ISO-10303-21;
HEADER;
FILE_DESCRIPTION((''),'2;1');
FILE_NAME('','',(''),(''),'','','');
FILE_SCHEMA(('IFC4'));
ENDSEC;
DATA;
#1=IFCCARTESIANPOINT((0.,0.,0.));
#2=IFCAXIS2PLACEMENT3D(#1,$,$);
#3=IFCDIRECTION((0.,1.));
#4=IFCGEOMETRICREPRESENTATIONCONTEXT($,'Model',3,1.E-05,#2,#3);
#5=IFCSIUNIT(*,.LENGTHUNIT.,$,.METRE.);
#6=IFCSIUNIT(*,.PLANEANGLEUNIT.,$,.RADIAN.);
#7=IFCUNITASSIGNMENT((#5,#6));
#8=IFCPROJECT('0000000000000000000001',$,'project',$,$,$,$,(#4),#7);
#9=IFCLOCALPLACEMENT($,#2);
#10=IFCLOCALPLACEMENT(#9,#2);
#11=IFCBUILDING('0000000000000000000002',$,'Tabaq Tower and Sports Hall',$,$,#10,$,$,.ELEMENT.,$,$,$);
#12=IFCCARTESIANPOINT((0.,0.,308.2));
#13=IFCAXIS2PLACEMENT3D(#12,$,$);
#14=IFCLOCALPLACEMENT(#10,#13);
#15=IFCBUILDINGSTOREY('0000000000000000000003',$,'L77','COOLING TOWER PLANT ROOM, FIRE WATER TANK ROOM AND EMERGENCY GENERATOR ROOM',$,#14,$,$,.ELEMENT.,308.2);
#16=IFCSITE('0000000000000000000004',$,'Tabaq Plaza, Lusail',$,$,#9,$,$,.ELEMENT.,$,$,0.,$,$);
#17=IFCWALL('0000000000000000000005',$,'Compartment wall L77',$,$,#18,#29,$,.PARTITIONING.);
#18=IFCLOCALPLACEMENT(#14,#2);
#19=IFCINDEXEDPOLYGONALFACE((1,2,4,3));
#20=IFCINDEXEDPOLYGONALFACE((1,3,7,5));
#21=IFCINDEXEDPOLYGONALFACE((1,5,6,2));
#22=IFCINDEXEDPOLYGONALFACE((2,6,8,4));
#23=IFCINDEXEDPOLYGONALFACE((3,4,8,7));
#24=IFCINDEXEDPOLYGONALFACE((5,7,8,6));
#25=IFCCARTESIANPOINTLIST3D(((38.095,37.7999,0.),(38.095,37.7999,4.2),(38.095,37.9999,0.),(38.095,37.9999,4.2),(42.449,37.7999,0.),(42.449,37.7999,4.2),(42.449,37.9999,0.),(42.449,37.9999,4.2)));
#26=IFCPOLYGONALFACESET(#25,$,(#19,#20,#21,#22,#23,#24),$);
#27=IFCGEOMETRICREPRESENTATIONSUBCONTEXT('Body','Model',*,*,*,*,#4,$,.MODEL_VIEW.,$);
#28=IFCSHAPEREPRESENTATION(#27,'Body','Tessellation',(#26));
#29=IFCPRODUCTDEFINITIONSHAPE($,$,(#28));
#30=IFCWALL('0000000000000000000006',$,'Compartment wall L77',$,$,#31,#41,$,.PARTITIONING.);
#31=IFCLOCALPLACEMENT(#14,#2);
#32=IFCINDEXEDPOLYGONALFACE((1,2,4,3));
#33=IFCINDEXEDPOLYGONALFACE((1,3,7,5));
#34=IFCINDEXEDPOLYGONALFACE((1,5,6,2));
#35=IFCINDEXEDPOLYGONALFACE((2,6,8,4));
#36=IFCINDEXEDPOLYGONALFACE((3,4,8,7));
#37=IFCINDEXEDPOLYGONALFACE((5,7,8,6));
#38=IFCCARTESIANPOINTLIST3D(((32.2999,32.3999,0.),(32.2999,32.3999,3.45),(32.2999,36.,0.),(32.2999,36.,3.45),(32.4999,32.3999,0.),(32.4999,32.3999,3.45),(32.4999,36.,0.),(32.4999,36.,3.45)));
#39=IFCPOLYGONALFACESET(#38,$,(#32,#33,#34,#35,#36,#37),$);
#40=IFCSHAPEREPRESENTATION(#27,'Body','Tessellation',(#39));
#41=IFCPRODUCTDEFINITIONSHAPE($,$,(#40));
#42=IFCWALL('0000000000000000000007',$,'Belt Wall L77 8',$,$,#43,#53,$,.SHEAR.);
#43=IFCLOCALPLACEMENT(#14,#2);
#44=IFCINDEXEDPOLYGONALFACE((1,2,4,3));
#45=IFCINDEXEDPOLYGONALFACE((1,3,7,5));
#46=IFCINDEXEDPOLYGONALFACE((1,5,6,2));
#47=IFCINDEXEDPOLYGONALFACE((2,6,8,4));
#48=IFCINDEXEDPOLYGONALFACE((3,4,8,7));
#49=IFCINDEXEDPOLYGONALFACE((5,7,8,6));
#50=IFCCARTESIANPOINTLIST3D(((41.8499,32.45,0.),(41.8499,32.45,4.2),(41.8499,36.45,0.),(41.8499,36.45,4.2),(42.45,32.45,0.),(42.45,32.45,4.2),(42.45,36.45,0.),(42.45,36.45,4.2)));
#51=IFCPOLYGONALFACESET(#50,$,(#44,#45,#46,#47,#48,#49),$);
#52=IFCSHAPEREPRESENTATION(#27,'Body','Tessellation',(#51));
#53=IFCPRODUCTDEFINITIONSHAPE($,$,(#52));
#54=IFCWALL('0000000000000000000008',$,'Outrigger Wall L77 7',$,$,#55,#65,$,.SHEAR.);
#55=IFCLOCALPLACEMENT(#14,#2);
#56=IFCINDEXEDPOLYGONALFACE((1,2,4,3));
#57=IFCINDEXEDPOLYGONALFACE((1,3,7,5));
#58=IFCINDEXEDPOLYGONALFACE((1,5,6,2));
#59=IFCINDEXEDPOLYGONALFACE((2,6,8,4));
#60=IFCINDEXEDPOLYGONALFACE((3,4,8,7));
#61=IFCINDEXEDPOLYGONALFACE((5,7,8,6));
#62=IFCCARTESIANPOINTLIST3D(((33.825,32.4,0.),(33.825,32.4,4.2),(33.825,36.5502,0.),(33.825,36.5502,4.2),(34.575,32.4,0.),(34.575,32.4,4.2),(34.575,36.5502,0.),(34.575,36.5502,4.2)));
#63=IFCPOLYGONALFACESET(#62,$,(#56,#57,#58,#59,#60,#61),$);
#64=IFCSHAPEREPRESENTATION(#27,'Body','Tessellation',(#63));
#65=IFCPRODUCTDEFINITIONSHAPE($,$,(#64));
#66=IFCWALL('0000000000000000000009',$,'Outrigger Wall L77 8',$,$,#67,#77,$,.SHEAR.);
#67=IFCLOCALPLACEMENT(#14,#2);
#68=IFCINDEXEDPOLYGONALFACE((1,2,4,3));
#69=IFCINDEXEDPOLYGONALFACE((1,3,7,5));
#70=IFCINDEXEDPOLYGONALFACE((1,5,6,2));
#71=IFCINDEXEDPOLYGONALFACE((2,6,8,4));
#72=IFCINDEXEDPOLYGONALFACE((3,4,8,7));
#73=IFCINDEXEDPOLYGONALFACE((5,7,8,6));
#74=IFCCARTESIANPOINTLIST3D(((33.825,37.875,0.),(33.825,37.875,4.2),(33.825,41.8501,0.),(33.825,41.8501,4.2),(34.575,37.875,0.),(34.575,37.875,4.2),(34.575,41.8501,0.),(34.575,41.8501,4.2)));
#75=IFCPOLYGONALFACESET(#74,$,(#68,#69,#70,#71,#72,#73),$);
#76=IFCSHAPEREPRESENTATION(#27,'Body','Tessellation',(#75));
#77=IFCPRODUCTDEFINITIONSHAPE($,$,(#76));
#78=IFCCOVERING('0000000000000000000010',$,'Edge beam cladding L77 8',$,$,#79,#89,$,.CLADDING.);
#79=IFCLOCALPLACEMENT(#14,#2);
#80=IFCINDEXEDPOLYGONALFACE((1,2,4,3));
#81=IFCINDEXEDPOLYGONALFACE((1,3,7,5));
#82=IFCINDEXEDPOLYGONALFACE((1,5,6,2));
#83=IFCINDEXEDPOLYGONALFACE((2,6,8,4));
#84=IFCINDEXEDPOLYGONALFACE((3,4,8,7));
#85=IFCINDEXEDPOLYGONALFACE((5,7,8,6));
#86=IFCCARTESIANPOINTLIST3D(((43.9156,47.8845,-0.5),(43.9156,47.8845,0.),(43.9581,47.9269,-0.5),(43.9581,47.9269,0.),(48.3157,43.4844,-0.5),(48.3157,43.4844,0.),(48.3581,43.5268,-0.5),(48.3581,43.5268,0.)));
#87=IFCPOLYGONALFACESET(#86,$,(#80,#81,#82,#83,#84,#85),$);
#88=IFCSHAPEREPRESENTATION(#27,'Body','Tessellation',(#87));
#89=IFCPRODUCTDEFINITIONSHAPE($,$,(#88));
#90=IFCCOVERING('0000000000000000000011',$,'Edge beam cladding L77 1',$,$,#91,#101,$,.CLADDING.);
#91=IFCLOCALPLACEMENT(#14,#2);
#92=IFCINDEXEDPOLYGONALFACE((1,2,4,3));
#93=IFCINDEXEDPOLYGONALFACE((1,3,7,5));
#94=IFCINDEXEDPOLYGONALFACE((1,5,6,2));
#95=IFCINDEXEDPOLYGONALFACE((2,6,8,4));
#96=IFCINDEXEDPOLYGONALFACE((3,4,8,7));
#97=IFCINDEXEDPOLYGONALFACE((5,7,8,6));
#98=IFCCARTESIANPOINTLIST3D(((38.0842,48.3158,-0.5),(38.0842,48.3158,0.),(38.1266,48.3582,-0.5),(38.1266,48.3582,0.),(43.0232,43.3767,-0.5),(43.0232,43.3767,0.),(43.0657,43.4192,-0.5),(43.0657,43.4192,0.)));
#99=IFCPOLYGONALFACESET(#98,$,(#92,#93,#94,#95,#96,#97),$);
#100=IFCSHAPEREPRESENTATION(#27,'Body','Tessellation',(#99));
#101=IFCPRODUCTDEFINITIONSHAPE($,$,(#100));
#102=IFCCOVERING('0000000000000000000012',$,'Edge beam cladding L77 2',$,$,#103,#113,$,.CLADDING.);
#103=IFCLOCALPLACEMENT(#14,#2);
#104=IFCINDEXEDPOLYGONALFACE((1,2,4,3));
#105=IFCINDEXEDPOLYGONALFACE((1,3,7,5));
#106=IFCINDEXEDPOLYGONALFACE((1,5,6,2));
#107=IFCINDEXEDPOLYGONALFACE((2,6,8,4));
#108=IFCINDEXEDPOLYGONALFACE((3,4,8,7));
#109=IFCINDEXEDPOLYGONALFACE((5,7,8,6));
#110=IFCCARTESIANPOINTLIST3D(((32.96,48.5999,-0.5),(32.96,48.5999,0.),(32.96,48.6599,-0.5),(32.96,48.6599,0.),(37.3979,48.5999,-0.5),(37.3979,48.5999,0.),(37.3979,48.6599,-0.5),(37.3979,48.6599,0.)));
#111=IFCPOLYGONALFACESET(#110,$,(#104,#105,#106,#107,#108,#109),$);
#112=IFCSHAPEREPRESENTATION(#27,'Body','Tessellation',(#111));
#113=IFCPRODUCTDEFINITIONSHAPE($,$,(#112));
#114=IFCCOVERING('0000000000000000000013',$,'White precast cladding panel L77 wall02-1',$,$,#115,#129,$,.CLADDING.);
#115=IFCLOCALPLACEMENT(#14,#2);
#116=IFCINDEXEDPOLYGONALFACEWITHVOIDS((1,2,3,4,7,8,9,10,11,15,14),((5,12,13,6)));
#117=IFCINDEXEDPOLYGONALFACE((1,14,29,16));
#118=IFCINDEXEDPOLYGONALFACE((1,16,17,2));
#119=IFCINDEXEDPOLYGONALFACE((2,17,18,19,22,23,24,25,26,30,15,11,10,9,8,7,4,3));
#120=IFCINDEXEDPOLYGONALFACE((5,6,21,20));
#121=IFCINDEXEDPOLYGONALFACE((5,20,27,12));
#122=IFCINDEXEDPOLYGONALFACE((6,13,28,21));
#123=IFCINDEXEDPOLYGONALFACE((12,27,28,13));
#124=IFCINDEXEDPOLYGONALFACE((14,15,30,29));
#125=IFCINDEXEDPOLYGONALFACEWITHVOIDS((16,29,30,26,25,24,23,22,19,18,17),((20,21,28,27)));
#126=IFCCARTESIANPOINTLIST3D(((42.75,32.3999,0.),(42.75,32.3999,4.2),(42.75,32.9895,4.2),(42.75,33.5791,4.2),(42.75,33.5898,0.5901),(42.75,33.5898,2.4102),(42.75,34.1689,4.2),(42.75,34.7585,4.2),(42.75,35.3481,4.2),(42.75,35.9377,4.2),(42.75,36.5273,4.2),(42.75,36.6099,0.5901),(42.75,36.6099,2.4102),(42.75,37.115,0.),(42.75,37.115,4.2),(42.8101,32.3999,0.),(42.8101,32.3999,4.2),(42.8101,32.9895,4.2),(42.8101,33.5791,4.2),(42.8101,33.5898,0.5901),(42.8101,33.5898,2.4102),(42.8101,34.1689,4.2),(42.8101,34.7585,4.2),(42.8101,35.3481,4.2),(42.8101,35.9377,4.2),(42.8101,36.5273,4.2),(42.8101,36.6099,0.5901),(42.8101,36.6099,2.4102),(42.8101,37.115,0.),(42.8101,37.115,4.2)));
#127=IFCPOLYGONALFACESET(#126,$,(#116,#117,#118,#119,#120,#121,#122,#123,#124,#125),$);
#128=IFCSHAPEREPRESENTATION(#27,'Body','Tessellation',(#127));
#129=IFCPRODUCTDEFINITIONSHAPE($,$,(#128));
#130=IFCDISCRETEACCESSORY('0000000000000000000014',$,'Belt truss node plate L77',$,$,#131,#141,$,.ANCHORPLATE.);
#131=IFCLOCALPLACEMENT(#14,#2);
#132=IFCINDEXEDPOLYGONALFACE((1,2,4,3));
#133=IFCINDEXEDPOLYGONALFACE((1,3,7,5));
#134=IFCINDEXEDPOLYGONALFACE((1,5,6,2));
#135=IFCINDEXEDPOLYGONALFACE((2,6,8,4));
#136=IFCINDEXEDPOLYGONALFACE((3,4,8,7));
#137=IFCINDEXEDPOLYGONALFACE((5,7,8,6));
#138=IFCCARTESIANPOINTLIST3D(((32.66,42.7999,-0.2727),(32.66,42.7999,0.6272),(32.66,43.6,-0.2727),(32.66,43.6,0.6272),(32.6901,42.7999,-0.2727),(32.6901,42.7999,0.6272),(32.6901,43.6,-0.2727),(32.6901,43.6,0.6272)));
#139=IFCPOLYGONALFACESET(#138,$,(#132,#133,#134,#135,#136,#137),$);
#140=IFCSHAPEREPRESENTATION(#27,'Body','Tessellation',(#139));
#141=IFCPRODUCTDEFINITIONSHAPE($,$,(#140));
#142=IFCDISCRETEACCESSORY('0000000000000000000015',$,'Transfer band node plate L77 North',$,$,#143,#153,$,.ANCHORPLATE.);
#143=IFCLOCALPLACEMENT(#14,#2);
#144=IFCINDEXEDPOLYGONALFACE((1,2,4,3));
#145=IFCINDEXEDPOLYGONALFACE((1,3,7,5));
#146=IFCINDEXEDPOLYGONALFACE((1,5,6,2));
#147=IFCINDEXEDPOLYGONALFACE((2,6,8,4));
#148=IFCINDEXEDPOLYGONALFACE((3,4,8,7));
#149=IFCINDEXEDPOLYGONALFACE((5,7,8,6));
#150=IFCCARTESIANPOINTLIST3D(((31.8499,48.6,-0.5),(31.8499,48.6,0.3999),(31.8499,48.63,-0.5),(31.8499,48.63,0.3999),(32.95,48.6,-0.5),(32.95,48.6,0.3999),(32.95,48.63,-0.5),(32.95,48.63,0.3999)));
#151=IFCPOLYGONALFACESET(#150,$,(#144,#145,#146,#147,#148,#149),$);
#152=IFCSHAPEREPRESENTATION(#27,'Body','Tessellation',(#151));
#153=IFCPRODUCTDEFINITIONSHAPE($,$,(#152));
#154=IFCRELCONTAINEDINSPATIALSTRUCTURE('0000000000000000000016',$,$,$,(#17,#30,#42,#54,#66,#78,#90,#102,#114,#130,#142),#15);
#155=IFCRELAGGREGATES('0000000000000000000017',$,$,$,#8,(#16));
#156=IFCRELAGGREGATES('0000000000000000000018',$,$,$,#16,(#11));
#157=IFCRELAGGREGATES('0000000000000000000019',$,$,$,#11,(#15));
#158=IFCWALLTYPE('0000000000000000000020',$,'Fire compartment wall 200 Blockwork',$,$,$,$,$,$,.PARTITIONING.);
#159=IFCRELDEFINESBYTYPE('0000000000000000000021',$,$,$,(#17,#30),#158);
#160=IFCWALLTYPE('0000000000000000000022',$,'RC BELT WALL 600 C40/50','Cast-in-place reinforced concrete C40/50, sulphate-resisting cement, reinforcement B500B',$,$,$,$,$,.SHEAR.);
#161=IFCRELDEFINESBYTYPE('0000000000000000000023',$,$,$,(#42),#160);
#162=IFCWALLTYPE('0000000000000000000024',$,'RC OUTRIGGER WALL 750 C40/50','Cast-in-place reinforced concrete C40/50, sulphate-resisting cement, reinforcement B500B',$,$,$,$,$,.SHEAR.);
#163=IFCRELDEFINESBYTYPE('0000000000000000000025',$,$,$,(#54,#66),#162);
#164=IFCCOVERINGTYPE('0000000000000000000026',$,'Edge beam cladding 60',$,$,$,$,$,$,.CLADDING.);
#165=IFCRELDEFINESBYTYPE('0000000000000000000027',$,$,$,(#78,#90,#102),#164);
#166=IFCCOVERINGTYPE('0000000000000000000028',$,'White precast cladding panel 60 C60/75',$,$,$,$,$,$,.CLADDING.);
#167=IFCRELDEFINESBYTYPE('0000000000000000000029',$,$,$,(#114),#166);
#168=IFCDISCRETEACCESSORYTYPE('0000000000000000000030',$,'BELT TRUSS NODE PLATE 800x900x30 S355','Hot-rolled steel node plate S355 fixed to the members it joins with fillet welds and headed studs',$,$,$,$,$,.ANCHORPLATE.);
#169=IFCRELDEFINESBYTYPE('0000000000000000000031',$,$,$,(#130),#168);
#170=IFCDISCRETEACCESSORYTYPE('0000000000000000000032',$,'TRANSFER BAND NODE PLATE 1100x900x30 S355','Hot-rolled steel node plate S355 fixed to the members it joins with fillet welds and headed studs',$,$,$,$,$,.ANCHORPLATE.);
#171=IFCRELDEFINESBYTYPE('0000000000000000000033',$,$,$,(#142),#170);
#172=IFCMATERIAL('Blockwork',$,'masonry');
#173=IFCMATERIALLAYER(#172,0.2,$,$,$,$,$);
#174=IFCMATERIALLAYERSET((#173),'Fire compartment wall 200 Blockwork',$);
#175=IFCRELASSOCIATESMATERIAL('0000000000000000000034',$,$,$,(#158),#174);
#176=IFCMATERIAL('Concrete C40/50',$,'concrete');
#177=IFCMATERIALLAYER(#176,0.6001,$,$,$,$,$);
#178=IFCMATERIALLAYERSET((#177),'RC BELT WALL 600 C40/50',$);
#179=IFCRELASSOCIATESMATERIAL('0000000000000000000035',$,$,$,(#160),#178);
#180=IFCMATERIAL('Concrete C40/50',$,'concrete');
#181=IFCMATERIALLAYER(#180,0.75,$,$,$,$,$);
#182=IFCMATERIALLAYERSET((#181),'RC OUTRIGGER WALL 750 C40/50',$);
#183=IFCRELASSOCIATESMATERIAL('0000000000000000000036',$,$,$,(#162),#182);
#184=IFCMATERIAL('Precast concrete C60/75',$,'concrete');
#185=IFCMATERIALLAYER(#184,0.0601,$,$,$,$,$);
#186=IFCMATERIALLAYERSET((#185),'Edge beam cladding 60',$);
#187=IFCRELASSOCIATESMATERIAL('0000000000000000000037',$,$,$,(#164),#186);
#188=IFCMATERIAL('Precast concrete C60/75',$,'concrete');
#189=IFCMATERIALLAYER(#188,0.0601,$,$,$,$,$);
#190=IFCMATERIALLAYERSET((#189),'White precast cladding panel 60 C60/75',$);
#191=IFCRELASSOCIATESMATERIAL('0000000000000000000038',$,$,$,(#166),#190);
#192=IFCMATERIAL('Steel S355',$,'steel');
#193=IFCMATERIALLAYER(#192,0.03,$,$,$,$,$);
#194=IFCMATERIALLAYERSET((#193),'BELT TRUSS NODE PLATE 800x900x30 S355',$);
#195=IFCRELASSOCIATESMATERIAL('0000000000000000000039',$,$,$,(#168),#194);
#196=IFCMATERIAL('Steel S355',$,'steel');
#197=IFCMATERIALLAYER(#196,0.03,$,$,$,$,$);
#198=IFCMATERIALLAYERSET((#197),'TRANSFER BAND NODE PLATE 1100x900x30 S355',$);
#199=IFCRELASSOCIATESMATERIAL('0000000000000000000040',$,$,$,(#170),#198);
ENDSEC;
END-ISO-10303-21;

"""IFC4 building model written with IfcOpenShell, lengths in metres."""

from ifc_helpers import new_model, si_unit, direction, frame, frame_2d, origin, origin_2d, place, context, subcontext, project, spatial, polyline, rectangle, outline, extrude, material, layer, layer_set, type_object, element, save


model = new_model("IFC4")

# Units and contexts
model_context = context("Model", 3, precision=1e-05, world=origin(), true_north=direction((0.0, 1.0)))
body_context = subcontext(model_context, "Body", "Model", "MODEL_VIEW")
ifc_project = project(units=[si_unit("LENGTHUNIT", "METRE"), si_unit("PLANEANGLEUNIT", "RADIAN")], contexts=[model_context])

# Site, building, storey
site_placement = place(None, origin())
site = spatial("IfcSite", under=ifc_project, at=site_placement, Name="Tabaq Plaza, Lusail", CompositionType="ELEMENT", RefElevation=0.0)
building_placement = place(site_placement, origin())
building = spatial("IfcBuilding", under=site, at=building_placement, Name="Tabaq Tower and Sports Hall", CompositionType="ELEMENT")
storey_placement = place(building_placement, frame((0.0, 0.0, 308.2)))
storey = spatial("IfcBuildingStorey", under=building, at=storey_placement, Name="L77", Description="COOLING TOWER PLANT ROOM, FIRE WATER TANK ROOM AND EMERGENCY GENERATOR ROOM", CompositionType="ELEMENT", Elevation=308.2)

# Walls
ifc_material_1 = material(Name="Blockwork", Category="masonry")
ifc_layer_1 = layer(ifc_material_1, 0.2)
ifc_layer_set_1 = layer_set([ifc_layer_1], Name="Fire compartment wall 200 Blockwork")
wall_type_1 = type_object("IfcWallType", Name="Fire compartment wall 200 Blockwork", PredefinedType="PARTITIONING", material=ifc_layer_set_1)
wall_1_placement = place(storey_placement, frame((38.095, 37.8999, 0.0), z_axis=(0.0, 0.0, 1.0), x_axis=(1.0, 0.0, 0.0)))
element("IfcWall", 1, at=wall_1_placement, inside=storey, type_object=wall_type_1, Name="Compartment wall L77", PredefinedType="PARTITIONING", context=body_context, shape_type="SweptSolid", body=[
    extrude(rectangle(XDim=4.354, YDim=0.2, at=frame_2d((2.177, 0.0))), origin(), (0.0, 0.0, 1.0), 4.2),
])
wall_2_placement = place(storey_placement, frame((32.3999, 32.3999, 0.0), z_axis=(0.0, 0.0, 1.0), x_axis=(0.0, 1.0, 0.0)))
element("IfcWall", 2, at=wall_2_placement, inside=storey, type_object=wall_type_1, Name="Compartment wall L77", PredefinedType="PARTITIONING", context=body_context, shape_type="SweptSolid", body=[
    extrude(rectangle(XDim=3.6001, YDim=0.2, at=frame_2d((1.8, 0.0))), origin(), (0.0, 0.0, 1.0), 3.45),
])

# Walls
ifc_material_2 = material(Name="Concrete C40/50", Category="concrete")
ifc_layer_2 = layer(ifc_material_2, 0.6001)
ifc_layer_set_2 = layer_set([ifc_layer_2], Name="RC BELT WALL 600 C40/50")
wall_type_2 = type_object("IfcWallType", Name="RC BELT WALL 600 C40/50", Description="Cast-in-place reinforced concrete C40/50, sulphate-resisting cement, reinforcement B500B", PredefinedType="SHEAR", material=ifc_layer_set_2)
wall_3_placement = place(storey_placement, frame((42.1499, 36.45, 0.0), z_axis=(0.0, 0.0, 1.0), x_axis=(0.0, -1.0, 0.0)))
element("IfcWall", 3, at=wall_3_placement, inside=storey, type_object=wall_type_2, Name="Belt Wall L77 8", PredefinedType="SHEAR", context=body_context, shape_type="SweptSolid", body=[
    extrude(rectangle(XDim=4.0, YDim=0.6001, at=frame_2d((2.0, 0.0))), origin(), (0.0, 0.0, 1.0), 4.2),
])
ifc_material_3 = material(Name="Concrete C40/50", Category="concrete")
ifc_layer_3 = layer(ifc_material_3, 0.75)
ifc_layer_set_3 = layer_set([ifc_layer_3], Name="RC OUTRIGGER WALL 750 C40/50")
wall_type_3 = type_object("IfcWallType", Name="RC OUTRIGGER WALL 750 C40/50", Description="Cast-in-place reinforced concrete C40/50, sulphate-resisting cement, reinforcement B500B", PredefinedType="SHEAR", material=ifc_layer_set_3)
wall_4_placement = place(storey_placement, frame((34.2, 32.3999, 0.0), z_axis=(0.0, 0.0, 1.0), x_axis=(0.0, 1.0, 0.0)))
element("IfcWall", 4, at=wall_4_placement, inside=storey, type_object=wall_type_3, Name="Outrigger Wall L77 7", PredefinedType="SHEAR", context=body_context, shape_type="SweptSolid", body=[
    extrude(rectangle(XDim=4.1501, YDim=0.75, at=frame_2d((2.0752, 0.0))), origin(), (0.0, 0.0, 1.0), 4.2),
])
wall_5_placement = place(storey_placement, frame((34.2, 37.875, 0.0), z_axis=(0.0, 0.0, 1.0), x_axis=(0.0, 1.0, 0.0)))
element("IfcWall", 5, at=wall_5_placement, inside=storey, type_object=wall_type_3, Name="Outrigger Wall L77 8", PredefinedType="SHEAR", context=body_context, shape_type="SweptSolid", body=[
    extrude(rectangle(XDim=3.9751, YDim=0.75, at=frame_2d((1.9875, 0.0))), origin(), (0.0, 0.0, 1.0), 4.2),
])

# Coverings
ifc_material_4 = material(Name="Precast concrete C60/75", Category="concrete")
ifc_layer_4 = layer(ifc_material_4, 0.0601)
ifc_layer_set_4 = layer_set([ifc_layer_4], Name="Edge beam cladding 60")
covering_type_1 = type_object("IfcCoveringType", Name="Edge beam cladding 60", PredefinedType="CLADDING", material=ifc_layer_set_4)
covering_1_placement = place(storey_placement, frame((48.3369, 43.5056, -0.5), z_axis=(0.0, 0.0, 1.0), x_axis=(-0.707107, 0.707107, 0.0)))
element("IfcCovering", 6, at=covering_1_placement, inside=storey, type_object=covering_type_1, Name="Edge beam cladding L77 8", PredefinedType="CLADDING", context=body_context, shape_type="SweptSolid", body=[
    extrude(rectangle(XDim=6.2227, YDim=0.0601, at=frame_2d((3.1113, 0.0))), origin(), (0.0, 0.0, 1.0), 0.5),
])
covering_2_placement = place(storey_placement, frame((43.0444, 43.3979, -0.5), z_axis=(0.0, 0.0, 1.0), x_axis=(-0.707107, 0.707107, 0.0)))
element("IfcCovering", 7, at=covering_2_placement, inside=storey, type_object=covering_type_1, Name="Edge beam cladding L77 1", PredefinedType="CLADDING", context=body_context, shape_type="SweptSolid", body=[
    extrude(rectangle(XDim=6.9849, YDim=0.0601, at=frame_2d((3.4924, 0.0))), origin(), (0.0, 0.0, 1.0), 0.5),
])
covering_3_placement = place(storey_placement, frame((37.3979, 48.6299, -0.5), z_axis=(0.0, 0.0, 1.0), x_axis=(-1.0, 0.0, 0.0)))
element("IfcCovering", 8, at=covering_3_placement, inside=storey, type_object=covering_type_1, Name="Edge beam cladding L77 2", PredefinedType="CLADDING", context=body_context, shape_type="SweptSolid", body=[
    extrude(rectangle(XDim=4.438, YDim=0.0601, at=frame_2d((2.219, 0.0))), origin(), (0.0, 0.0, 1.0), 0.5),
])
ifc_material_5 = material(Name="Precast concrete C60/75", Category="concrete")
ifc_layer_5 = layer(ifc_material_5, 0.0601)
ifc_layer_set_5 = layer_set([ifc_layer_5], Name="White precast cladding panel 60 C60/75")
covering_type_2 = type_object("IfcCoveringType", Name="White precast cladding panel 60 C60/75", PredefinedType="CLADDING", material=ifc_layer_set_5)
covering_4_placement = place(storey_placement, frame((42.78, 32.3999, 0.0), z_axis=(0.0, 0.0, 1.0), x_axis=(0.0, 1.0, 0.0)))
element("IfcCovering", 9, at=covering_4_placement, inside=storey, type_object=covering_type_2, Name="White precast cladding panel L77 wall02-1", PredefinedType="CLADDING", context=body_context, shape_type="SweptSolid", body=[
    extrude(outline(polyline([(0.0, 0.0), (4.7151, 0.0), (4.7151, 4.2), (4.1274, 4.2), (3.5378, 4.2), (2.9482, 4.2), (2.3586, 4.2), (1.769, 4.2), (1.1792, 4.2), (0.5896, 4.2), (0.0, 4.2), (0.0, 0.0)]), holes=[polyline([(1.1899, 0.5901), (1.1899, 2.4102), (4.21, 2.4102), (4.21, 0.5901), (1.1899, 0.5901)])]), frame((0.0, 0.03, 0.0), z_axis=(0.0, -1.0, 0.0), x_axis=(1.0, 0.0, 0.0)), (0.0, 0.0, 1.0), 0.0601),
])

# Discrete accessories
ifc_material_6 = material(Name="Steel S355", Category="steel")
ifc_layer_6 = layer(ifc_material_6, 0.03)
ifc_layer_set_6 = layer_set([ifc_layer_6], Name="BELT TRUSS NODE PLATE 800x900x30 S355")
discrete_accessory_type_1 = type_object("IfcDiscreteAccessoryType", Name="BELT TRUSS NODE PLATE 800x900x30 S355", Description="Hot-rolled steel node plate S355 fixed to the members it joins with fillet welds and headed studs", PredefinedType="ANCHORPLATE", material=ifc_layer_set_6)
discrete_accessory_1_placement = place(storey_placement, frame((32.675, 43.2, -0.2727), z_axis=(0.0, 0.0, 1.0), x_axis=(1.0, 0.0, 0.0)))
element("IfcDiscreteAccessory", 10, at=discrete_accessory_1_placement, inside=storey, type_object=discrete_accessory_type_1, Name="Belt truss node plate L77", PredefinedType="ANCHORPLATE", context=body_context, shape_type="SweptSolid", body=[
    extrude(rectangle(XDim=0.03, YDim=0.8, at=origin_2d()), origin(), (0.0, 0.0, 1.0), 0.8999),
])
ifc_material_7 = material(Name="Steel S355", Category="steel")
ifc_layer_7 = layer(ifc_material_7, 0.03)
ifc_layer_set_7 = layer_set([ifc_layer_7], Name="TRANSFER BAND NODE PLATE 1100x900x30 S355")
discrete_accessory_type_2 = type_object("IfcDiscreteAccessoryType", Name="TRANSFER BAND NODE PLATE 1100x900x30 S355", Description="Hot-rolled steel node plate S355 fixed to the members it joins with fillet welds and headed studs", PredefinedType="ANCHORPLATE", material=ifc_layer_set_7)
discrete_accessory_2_placement = place(storey_placement, frame((32.3999, 48.615, -0.5), z_axis=(0.0, 0.0, 1.0), x_axis=(-1.0, 0.0, 0.0)))
element("IfcDiscreteAccessory", 11, at=discrete_accessory_2_placement, inside=storey, type_object=discrete_accessory_type_2, Name="Transfer band node plate L77 North", PredefinedType="ANCHORPLATE", context=body_context, shape_type="SweptSolid", body=[
    extrude(rectangle(XDim=1.1001, YDim=0.03, at=origin_2d()), origin(), (0.0, 0.0, 1.0), 0.8999),
])

save(model, "model.ifc")
